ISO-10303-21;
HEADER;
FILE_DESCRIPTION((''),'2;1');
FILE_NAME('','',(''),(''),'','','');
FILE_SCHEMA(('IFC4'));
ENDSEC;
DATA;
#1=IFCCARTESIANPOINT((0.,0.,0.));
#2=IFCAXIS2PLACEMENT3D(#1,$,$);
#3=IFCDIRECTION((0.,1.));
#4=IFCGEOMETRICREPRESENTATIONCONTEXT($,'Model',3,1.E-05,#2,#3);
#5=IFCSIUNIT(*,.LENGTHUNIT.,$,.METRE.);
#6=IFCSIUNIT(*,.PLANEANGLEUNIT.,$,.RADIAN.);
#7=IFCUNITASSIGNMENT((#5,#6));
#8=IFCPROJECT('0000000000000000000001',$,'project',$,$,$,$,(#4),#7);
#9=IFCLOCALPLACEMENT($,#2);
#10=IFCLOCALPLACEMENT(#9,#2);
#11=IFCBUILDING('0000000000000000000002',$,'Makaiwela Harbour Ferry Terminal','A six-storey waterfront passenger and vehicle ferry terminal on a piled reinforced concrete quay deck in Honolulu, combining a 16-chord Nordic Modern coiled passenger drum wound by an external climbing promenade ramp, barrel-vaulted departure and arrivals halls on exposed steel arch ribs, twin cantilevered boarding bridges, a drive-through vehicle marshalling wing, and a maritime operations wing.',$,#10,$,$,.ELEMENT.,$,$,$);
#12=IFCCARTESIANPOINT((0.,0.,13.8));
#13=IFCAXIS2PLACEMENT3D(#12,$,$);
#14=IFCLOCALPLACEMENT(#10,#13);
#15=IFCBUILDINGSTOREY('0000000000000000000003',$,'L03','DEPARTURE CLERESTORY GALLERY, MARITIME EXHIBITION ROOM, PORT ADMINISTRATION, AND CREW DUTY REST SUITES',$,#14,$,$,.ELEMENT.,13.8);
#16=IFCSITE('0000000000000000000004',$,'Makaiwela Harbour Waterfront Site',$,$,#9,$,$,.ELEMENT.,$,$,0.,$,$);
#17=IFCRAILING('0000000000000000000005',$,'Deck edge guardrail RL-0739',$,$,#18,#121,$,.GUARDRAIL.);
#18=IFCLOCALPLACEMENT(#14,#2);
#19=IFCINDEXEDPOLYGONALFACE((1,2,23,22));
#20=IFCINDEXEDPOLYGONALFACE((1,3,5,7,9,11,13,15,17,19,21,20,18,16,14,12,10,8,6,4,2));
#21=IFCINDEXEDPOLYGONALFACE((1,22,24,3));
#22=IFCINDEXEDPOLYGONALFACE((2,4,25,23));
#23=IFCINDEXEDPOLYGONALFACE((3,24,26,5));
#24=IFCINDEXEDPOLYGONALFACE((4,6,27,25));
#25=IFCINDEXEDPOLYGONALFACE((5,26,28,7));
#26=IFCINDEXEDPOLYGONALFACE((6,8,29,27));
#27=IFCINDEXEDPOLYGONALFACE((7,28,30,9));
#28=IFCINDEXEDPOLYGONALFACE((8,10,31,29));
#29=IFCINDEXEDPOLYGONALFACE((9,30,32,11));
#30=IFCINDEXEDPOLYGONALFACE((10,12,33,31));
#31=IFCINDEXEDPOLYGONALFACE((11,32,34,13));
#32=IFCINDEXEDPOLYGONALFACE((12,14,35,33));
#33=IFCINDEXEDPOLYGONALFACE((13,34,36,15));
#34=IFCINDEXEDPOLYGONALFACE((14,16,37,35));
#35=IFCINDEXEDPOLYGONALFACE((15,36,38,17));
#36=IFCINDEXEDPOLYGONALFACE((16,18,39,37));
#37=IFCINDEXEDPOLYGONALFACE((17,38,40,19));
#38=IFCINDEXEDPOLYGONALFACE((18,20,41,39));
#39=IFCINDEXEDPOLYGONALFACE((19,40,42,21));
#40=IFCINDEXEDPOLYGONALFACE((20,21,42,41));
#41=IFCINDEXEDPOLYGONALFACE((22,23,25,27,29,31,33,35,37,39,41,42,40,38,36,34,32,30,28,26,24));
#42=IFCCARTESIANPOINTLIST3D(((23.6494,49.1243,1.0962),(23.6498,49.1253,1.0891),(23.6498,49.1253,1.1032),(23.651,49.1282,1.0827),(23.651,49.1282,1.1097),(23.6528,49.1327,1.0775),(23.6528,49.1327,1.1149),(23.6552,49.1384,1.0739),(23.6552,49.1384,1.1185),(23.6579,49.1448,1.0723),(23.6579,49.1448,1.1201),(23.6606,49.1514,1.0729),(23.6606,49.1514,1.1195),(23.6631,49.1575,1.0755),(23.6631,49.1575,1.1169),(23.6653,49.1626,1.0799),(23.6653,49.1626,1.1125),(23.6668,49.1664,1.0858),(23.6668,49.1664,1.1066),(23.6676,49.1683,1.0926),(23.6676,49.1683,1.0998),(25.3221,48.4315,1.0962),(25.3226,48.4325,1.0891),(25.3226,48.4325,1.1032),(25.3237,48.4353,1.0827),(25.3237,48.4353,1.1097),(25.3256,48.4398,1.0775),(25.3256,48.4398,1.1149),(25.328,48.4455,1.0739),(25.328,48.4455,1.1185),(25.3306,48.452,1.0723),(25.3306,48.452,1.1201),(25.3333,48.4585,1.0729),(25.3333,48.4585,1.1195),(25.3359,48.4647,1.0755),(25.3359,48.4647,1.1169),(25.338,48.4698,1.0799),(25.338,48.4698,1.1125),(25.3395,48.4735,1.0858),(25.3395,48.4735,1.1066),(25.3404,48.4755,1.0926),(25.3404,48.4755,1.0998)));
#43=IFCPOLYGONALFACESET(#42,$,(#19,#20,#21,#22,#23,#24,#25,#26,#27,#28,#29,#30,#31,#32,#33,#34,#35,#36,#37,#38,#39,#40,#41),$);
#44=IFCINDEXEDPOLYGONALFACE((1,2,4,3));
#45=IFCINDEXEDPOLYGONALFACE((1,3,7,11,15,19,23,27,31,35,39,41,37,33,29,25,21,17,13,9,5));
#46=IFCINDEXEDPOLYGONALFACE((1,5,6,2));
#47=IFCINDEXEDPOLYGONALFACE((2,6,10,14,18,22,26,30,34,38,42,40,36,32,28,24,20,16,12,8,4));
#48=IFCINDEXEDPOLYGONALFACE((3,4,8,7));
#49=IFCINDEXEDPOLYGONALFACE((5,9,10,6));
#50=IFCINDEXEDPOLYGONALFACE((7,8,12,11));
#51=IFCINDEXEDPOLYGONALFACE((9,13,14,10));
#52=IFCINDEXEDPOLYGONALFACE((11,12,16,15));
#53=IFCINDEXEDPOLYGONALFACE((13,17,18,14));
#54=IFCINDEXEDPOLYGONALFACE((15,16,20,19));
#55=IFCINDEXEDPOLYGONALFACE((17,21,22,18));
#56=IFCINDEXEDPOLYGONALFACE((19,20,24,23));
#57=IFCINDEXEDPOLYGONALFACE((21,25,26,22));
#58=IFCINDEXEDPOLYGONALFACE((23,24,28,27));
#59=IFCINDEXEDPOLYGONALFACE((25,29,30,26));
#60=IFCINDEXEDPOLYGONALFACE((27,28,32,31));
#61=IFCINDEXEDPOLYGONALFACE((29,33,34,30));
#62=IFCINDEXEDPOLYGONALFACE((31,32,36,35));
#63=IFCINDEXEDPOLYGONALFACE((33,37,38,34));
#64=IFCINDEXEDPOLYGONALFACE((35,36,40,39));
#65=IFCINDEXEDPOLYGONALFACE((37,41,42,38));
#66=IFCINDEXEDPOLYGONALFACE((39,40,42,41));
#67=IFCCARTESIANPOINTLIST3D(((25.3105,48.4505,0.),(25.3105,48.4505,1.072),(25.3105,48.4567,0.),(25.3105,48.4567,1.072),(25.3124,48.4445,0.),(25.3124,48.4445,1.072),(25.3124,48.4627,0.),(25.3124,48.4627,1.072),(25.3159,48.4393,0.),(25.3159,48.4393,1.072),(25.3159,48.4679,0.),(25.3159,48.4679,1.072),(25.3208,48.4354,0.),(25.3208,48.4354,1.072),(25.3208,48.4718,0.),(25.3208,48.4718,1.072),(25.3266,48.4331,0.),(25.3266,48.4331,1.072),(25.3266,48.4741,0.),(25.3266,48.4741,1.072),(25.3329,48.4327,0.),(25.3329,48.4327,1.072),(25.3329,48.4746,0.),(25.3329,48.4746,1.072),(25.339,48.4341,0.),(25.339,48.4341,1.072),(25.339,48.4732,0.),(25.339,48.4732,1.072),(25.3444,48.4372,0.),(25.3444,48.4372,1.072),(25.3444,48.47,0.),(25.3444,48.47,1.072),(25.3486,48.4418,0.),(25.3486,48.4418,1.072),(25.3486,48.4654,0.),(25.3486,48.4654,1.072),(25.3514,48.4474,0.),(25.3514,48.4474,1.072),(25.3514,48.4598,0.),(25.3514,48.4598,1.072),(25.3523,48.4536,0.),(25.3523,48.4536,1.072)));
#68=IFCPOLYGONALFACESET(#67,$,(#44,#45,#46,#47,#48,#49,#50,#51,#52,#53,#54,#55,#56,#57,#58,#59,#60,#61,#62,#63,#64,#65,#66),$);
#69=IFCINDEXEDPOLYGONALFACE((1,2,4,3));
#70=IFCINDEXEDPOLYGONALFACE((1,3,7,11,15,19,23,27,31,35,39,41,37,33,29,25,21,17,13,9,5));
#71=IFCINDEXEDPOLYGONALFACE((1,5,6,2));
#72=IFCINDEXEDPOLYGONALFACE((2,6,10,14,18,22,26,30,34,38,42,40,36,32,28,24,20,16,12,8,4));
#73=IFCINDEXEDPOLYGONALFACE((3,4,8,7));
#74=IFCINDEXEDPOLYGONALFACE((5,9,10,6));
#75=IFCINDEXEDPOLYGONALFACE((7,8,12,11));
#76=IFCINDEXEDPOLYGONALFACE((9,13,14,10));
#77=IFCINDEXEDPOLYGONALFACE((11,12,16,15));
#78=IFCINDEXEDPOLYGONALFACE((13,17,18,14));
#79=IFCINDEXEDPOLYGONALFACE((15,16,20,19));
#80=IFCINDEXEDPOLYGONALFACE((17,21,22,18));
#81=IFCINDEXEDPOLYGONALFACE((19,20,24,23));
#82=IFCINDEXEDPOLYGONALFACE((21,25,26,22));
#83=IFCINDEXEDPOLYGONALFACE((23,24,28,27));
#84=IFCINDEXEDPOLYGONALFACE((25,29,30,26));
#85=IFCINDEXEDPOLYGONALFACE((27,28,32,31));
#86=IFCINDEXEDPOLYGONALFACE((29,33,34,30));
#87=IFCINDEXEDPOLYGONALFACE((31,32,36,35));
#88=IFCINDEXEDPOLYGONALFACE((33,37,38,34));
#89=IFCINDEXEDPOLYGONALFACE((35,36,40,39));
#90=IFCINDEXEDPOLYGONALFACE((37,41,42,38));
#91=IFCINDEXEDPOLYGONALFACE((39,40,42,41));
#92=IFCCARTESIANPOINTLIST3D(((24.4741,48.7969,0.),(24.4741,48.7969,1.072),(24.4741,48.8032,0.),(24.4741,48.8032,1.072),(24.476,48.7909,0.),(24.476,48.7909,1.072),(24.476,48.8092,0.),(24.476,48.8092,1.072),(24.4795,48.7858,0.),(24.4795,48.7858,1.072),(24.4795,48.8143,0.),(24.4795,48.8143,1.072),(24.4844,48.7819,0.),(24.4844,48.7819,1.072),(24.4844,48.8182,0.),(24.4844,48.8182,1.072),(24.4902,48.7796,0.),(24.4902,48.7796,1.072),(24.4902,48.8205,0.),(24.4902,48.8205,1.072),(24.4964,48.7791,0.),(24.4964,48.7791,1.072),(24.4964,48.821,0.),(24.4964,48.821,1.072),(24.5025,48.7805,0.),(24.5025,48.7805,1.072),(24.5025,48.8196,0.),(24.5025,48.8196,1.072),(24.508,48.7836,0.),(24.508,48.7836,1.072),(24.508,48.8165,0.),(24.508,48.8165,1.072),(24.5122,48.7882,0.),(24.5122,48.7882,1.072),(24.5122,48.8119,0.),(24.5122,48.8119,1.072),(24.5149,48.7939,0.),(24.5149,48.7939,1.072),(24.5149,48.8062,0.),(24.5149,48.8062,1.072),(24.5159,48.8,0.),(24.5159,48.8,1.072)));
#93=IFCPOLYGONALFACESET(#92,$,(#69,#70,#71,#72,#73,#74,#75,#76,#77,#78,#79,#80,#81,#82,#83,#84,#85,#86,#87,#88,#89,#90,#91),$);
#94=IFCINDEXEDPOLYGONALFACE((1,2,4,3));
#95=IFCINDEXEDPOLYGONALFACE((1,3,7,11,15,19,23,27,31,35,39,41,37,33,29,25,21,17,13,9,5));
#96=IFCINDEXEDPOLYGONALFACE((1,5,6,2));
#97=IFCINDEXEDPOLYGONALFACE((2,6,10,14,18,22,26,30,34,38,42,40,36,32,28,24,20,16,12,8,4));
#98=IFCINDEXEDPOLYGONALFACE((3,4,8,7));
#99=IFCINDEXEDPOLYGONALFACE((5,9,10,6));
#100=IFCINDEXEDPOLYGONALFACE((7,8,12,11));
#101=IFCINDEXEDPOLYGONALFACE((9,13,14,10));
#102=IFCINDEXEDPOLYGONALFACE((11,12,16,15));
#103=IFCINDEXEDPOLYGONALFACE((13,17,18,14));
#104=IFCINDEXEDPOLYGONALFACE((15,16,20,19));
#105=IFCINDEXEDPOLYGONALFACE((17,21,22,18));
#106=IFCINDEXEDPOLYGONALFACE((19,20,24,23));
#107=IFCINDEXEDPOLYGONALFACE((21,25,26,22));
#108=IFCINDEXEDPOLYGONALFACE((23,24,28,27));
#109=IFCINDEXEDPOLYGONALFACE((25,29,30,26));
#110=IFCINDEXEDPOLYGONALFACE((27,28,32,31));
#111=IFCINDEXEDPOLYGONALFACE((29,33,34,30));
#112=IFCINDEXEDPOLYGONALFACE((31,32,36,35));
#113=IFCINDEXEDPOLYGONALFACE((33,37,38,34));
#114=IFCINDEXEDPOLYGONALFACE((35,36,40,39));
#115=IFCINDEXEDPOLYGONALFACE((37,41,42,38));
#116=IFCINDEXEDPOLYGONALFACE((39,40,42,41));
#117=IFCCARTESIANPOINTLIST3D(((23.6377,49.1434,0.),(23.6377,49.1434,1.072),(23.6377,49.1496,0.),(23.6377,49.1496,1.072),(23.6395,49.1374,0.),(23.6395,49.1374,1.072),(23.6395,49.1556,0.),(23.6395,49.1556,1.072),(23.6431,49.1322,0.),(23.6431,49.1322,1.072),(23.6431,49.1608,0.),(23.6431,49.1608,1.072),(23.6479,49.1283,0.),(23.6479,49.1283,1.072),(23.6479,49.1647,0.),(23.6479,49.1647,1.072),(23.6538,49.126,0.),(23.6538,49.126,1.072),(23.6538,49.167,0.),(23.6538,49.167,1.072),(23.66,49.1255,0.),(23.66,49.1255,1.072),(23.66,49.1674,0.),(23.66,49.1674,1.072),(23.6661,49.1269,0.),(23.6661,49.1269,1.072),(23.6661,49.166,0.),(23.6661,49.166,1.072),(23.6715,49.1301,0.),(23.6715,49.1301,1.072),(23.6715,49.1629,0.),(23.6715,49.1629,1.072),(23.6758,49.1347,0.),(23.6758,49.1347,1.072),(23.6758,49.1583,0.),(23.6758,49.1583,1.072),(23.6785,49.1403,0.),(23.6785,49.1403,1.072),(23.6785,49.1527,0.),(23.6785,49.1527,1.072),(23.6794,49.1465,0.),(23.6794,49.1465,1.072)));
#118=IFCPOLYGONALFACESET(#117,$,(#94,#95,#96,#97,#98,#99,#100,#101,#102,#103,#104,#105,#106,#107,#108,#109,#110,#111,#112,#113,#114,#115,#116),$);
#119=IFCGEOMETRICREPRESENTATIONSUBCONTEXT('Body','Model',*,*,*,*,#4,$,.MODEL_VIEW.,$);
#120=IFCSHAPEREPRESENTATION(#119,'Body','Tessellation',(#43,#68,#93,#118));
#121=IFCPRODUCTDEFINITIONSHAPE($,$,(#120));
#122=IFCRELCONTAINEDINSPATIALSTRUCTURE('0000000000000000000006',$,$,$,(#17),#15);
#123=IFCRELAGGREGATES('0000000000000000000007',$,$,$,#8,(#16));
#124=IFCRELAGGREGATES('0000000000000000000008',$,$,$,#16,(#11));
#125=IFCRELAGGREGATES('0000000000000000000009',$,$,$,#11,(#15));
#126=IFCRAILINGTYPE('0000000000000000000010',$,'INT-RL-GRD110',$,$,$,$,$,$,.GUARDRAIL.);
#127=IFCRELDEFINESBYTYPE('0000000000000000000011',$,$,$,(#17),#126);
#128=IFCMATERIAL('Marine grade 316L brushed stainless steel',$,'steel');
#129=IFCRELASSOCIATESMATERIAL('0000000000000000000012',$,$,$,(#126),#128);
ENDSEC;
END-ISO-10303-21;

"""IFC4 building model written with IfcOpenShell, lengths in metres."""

from ifc_helpers import new_model, si_unit, direction, frame, origin, origin_2d, place, context, subcontext, project, spatial, circle, extrude, material, type_object, element, save


model = new_model("IFC4")

# Units and contexts
model_context = context("Model", 3, precision=1e-05, world=origin(), true_north=direction((0.0, 1.0)))
body_context = subcontext(model_context, "Body", "Model", "MODEL_VIEW")
ifc_project = project(units=[si_unit("LENGTHUNIT", "METRE"), si_unit("PLANEANGLEUNIT", "RADIAN")], contexts=[model_context])

# Site, building, storey
site_placement = place(None, origin())
site = spatial("IfcSite", under=ifc_project, at=site_placement, Name="Makaiwela Harbour Waterfront Site", CompositionType="ELEMENT", RefElevation=0.0)
building_placement = place(site_placement, origin())
building = spatial("IfcBuilding", under=site, at=building_placement, Name="Makaiwela Harbour Ferry Terminal", Description="A six-storey waterfront passenger and vehicle ferry terminal on a piled reinforced concrete quay deck in Honolulu, combining a 16-chord Nordic Modern coiled passenger drum wound by an external climbing promenade ramp, barrel-vaulted departure and arrivals halls on exposed steel arch ribs, twin cantilevered boarding bridges, a drive-through vehicle marshalling wing, and a maritime operations wing.", CompositionType="ELEMENT")
storey_placement = place(building_placement, frame((0.0, 0.0, 13.8)))
storey = spatial("IfcBuildingStorey", under=building, at=storey_placement, Name="L03", Description="DEPARTURE CLERESTORY GALLERY, MARITIME EXHIBITION ROOM, PORT ADMINISTRATION, AND CREW DUTY REST SUITES", CompositionType="ELEMENT", Elevation=13.8)

# Railing
ifc_material_1 = material(Name="Marine grade 316L brushed stainless steel", Category="steel")
railing_type = type_object("IfcRailingType", Name="INT-RL-GRD110", PredefinedType="GUARDRAIL", material=ifc_material_1)
railing_1_placement = place(storey_placement, frame((25.3313, 48.4536, 0.0)))
element("IfcRailing", 1, at=railing_1_placement, inside=storey, type_object=railing_type, Name="Deck edge guardrail RL-0739", PredefinedType="GUARDRAIL", context=body_context, shape_type="SweptSolid", body=[
    extrude(circle(Radius=0.0239, at=origin_2d()), frame((0.0, 0.0, 1.0962), z_axis=(-0.923889, 0.382661, 0.0), x_axis=(-0.382661, -0.923889, 0.0)), (0.0, 0.0, 1.0), 1.8105),
    extrude(circle(Radius=0.021, at=origin_2d()), origin(), (0.0, 0.0, 1.0), 1.072),
    extrude(circle(Radius=0.021, at=origin_2d()), frame((-0.8364, 0.3464, 0.0)), (0.0, 0.0, 1.0), 1.072),
    extrude(circle(Radius=0.021, at=origin_2d()), frame((-1.6729, 0.6929, 0.0)), (0.0, 0.0, 1.0), 1.072),
])

save(model, "model.ifc")
